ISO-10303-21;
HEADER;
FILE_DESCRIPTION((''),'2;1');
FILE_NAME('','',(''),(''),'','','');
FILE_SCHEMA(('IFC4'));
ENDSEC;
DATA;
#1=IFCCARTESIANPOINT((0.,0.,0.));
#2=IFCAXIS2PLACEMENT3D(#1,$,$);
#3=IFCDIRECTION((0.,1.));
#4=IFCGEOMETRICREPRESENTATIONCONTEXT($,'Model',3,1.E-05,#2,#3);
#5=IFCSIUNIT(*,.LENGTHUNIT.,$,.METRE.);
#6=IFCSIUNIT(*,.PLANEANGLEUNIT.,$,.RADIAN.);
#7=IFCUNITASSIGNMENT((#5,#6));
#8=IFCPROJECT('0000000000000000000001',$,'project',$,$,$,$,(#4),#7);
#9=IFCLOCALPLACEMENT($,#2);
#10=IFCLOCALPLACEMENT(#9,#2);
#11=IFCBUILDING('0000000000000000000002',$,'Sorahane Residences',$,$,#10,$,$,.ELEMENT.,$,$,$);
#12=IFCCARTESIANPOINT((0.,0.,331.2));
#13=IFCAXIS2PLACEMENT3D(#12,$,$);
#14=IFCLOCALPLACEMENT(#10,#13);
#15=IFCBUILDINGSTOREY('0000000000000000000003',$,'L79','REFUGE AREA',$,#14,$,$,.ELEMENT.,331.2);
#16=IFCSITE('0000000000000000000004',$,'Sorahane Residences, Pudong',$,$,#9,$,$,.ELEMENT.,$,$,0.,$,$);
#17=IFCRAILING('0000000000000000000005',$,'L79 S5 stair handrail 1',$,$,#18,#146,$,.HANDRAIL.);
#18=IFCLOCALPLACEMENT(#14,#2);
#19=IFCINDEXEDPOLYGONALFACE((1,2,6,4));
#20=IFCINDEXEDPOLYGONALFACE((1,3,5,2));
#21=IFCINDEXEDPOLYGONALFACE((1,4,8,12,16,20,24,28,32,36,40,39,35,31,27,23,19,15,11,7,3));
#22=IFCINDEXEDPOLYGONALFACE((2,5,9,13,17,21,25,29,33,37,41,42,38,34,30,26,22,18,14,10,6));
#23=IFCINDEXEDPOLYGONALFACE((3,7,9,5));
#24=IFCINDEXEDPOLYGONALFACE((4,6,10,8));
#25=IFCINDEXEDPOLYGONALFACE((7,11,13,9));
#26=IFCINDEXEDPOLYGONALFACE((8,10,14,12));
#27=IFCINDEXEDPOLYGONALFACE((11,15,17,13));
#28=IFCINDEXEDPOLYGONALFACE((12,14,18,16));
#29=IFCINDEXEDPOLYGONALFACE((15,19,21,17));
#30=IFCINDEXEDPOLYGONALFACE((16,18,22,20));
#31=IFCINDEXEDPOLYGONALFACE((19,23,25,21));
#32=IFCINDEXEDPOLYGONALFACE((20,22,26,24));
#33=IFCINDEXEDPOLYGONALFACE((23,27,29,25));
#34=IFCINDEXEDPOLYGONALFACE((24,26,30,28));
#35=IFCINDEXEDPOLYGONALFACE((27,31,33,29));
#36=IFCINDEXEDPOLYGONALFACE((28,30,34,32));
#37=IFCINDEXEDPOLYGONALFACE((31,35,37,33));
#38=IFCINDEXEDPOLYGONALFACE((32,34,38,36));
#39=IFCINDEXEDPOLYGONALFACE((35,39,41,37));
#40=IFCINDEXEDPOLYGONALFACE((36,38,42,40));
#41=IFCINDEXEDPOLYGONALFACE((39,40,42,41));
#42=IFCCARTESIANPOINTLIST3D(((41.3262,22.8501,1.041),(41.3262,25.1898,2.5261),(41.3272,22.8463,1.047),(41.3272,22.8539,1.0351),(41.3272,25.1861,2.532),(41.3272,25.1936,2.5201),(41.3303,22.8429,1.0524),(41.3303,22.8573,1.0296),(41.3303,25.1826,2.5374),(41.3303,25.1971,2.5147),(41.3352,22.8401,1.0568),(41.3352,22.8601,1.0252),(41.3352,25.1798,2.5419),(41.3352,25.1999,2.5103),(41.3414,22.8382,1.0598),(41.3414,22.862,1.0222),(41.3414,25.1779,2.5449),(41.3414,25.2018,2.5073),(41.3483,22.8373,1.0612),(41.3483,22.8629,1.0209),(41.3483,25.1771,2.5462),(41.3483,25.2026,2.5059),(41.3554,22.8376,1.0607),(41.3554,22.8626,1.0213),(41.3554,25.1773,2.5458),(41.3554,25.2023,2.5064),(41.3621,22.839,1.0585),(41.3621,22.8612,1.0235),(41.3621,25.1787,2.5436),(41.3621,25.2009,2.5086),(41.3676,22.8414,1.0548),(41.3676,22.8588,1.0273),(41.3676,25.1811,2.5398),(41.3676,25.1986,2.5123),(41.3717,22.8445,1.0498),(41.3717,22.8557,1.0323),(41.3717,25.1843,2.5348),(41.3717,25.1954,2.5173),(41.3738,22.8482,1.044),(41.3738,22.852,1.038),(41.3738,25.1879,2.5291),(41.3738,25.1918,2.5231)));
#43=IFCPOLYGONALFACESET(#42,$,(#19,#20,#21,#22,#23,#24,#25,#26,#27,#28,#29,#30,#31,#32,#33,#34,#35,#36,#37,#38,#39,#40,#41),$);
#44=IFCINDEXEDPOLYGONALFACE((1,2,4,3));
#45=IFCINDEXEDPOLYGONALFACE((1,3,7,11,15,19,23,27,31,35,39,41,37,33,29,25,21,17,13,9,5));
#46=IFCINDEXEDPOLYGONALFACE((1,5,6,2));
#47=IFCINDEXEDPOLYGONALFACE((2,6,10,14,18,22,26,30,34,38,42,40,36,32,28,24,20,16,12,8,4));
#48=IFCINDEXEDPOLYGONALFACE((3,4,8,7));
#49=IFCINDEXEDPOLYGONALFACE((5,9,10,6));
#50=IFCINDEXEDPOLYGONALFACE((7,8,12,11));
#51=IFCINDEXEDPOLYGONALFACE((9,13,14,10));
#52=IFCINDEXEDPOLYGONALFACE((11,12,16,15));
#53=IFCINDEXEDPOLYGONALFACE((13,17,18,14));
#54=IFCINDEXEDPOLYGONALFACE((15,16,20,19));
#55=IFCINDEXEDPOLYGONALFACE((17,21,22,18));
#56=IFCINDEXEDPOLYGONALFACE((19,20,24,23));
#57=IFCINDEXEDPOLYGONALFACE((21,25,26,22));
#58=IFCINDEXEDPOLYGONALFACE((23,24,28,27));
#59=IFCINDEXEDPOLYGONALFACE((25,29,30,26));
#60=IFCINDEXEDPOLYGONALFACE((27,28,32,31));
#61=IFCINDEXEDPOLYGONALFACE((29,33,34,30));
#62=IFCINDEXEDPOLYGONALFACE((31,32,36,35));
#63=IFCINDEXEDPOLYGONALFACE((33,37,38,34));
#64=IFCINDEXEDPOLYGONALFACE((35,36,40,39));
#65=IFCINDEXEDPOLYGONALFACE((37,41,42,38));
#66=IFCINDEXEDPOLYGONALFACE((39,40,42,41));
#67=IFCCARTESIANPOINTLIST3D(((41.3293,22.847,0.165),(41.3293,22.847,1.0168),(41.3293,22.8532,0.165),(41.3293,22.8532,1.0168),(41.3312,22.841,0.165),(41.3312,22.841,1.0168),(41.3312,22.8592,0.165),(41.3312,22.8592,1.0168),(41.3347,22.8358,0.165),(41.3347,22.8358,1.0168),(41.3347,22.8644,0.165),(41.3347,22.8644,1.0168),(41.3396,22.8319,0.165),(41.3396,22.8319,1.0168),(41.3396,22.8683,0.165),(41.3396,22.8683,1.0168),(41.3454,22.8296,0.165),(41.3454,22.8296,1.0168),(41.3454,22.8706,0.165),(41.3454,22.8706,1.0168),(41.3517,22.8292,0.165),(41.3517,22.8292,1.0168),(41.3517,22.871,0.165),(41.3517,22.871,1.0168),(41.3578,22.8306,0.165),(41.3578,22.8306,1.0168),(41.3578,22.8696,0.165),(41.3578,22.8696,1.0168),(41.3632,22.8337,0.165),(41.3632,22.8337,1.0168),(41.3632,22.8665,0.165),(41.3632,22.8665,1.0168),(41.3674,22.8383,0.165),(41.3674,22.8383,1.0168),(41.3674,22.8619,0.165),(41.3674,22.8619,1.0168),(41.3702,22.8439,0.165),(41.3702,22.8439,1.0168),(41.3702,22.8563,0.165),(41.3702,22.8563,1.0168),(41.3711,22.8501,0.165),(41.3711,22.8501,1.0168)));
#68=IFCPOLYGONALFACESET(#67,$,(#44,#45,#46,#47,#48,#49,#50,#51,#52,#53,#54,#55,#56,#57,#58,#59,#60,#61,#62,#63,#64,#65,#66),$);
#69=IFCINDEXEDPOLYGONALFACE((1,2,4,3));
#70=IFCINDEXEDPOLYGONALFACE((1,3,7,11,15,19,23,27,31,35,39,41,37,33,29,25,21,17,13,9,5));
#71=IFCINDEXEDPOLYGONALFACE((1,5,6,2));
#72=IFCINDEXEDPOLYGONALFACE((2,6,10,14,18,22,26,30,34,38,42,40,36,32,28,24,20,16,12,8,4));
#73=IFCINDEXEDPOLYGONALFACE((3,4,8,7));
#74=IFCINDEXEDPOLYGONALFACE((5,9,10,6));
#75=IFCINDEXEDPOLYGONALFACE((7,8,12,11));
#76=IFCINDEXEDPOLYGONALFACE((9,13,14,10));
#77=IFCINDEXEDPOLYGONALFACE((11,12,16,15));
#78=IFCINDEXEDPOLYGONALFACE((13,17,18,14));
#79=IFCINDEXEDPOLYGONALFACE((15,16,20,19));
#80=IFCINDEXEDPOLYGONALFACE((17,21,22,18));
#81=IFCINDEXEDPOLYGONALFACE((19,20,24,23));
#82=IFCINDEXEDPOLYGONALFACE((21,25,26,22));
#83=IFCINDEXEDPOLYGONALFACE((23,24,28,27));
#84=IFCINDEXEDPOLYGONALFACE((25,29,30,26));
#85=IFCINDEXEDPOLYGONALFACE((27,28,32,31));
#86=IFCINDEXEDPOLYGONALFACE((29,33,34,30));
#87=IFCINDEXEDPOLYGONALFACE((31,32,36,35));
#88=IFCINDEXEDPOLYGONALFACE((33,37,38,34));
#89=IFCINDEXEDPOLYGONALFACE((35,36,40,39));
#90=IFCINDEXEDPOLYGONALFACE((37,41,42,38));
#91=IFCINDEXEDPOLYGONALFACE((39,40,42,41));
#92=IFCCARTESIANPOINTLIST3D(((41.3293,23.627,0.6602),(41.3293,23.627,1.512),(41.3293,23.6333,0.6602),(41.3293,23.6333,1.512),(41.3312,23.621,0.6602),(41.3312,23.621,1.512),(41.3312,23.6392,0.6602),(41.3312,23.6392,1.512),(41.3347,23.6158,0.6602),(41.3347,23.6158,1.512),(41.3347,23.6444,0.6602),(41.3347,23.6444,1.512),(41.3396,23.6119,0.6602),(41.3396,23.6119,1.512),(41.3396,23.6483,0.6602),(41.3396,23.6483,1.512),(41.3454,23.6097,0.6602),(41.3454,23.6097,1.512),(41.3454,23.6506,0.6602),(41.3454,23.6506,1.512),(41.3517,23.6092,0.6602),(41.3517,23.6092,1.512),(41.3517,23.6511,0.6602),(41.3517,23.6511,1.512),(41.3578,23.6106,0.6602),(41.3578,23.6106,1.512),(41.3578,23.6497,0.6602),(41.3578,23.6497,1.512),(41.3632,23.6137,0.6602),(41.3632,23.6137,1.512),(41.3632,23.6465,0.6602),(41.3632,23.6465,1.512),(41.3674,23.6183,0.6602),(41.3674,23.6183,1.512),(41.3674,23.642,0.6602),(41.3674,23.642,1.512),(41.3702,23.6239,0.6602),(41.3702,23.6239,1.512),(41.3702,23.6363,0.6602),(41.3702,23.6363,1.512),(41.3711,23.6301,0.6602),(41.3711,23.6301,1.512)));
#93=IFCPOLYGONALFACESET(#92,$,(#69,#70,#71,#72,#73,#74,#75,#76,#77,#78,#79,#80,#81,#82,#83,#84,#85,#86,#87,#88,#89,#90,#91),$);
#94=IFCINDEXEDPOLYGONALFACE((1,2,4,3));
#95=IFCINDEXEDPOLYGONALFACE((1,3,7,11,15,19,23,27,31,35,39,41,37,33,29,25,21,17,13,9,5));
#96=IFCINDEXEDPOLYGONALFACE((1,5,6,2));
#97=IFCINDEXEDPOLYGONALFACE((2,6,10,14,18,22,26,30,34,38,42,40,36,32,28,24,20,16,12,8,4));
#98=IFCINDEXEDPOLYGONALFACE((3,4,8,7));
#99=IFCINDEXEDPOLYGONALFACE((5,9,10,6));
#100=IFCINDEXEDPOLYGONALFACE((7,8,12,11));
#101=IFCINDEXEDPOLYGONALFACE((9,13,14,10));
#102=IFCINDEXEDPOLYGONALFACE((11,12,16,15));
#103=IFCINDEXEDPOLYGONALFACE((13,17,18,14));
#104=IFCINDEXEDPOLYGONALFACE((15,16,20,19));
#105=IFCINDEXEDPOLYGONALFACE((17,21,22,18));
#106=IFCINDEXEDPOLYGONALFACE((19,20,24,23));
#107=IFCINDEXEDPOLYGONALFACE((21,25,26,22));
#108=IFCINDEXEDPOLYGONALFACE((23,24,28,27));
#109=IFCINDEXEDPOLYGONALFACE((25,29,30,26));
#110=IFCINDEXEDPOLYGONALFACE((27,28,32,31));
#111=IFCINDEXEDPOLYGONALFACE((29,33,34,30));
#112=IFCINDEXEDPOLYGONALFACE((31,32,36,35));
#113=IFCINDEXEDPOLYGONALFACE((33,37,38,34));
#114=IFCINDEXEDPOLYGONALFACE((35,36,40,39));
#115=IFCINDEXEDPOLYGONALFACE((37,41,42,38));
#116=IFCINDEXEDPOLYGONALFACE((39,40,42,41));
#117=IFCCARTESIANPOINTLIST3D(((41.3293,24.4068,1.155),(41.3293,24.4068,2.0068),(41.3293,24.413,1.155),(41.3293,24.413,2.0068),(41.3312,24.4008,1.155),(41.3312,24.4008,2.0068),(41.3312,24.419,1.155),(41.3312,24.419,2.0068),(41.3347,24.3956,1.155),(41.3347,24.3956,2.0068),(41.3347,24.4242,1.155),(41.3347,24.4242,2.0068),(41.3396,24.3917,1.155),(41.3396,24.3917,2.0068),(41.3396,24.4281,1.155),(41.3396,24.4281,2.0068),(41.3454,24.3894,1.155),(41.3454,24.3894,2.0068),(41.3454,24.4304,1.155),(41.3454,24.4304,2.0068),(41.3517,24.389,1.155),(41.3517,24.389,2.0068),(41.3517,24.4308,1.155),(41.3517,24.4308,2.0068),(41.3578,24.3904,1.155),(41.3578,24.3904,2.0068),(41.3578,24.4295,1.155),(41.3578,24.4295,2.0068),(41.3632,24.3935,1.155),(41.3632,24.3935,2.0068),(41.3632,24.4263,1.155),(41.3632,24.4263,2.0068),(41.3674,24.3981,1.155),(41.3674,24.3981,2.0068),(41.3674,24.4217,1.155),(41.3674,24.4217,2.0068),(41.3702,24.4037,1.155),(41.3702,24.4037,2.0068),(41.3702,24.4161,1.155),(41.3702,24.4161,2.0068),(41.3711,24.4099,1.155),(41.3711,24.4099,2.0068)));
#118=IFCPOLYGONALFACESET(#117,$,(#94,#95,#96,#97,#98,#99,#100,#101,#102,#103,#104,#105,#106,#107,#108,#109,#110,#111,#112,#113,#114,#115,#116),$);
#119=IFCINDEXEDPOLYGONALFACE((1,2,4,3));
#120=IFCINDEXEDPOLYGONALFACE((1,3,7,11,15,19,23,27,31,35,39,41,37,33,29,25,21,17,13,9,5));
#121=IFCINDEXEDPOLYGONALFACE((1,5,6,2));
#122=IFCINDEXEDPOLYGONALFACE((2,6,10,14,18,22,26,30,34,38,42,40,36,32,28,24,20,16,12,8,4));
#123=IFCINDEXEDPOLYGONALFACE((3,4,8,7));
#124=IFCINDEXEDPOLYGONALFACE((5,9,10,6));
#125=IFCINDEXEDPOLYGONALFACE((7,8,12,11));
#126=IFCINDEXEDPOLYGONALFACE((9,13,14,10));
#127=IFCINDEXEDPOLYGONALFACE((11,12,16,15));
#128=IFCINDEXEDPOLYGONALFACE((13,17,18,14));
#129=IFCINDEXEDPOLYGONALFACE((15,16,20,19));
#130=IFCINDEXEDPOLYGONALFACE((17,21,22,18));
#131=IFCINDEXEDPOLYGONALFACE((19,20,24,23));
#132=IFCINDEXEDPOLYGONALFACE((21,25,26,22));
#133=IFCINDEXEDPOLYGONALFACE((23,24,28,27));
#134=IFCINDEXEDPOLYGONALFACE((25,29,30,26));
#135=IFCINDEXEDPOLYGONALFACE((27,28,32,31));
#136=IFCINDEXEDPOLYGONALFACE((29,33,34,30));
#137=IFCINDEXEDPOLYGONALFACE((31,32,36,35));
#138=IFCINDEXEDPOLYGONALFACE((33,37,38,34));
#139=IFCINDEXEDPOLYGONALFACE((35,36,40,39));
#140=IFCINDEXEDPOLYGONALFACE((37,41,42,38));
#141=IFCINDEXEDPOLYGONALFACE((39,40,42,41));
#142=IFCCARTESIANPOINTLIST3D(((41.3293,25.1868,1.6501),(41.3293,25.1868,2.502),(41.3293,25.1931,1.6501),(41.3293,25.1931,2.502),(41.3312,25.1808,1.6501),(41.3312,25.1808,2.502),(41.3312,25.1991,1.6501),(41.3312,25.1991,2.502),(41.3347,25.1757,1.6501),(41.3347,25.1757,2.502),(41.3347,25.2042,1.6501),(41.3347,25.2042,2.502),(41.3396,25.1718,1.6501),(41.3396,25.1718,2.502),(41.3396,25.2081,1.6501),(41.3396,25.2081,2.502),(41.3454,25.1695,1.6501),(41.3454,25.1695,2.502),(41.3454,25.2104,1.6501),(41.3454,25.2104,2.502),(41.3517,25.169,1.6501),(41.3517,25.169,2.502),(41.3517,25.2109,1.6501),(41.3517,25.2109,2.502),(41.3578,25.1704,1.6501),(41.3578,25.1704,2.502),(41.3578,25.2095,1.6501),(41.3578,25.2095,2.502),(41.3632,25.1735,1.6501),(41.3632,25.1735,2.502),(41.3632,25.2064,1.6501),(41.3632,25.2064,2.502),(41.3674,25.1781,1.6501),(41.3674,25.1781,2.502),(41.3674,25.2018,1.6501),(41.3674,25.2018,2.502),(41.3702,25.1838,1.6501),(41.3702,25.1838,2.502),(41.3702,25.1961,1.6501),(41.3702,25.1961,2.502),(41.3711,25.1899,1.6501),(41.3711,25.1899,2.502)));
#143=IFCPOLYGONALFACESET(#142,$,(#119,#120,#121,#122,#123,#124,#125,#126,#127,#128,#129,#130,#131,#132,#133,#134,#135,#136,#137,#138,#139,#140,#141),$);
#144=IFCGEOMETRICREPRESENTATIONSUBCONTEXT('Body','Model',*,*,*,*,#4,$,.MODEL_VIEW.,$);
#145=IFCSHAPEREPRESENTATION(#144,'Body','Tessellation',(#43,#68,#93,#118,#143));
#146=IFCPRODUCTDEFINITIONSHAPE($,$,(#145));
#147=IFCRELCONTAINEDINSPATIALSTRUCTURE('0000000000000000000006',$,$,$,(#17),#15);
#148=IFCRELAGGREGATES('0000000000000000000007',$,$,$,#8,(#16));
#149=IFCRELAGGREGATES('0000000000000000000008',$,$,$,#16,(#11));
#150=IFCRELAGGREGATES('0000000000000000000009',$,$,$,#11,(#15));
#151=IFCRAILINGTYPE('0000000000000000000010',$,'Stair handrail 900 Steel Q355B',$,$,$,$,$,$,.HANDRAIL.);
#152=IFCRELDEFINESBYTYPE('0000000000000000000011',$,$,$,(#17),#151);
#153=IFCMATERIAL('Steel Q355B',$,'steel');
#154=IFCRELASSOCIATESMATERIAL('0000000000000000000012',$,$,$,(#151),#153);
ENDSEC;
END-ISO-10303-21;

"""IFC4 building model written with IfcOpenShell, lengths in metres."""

from ifc_helpers import new_model, si_unit, direction, frame, origin, origin_2d, place, context, subcontext, project, spatial, circle, extrude, material, type_object, element, save


model = new_model("IFC4")

# Units and contexts
model_context = context("Model", 3, precision=1e-05, world=origin(), true_north=direction((0.0, 1.0)))
body_context = subcontext(model_context, "Body", "Model", "MODEL_VIEW")
ifc_project = project(units=[si_unit("LENGTHUNIT", "METRE"), si_unit("PLANEANGLEUNIT", "RADIAN")], contexts=[model_context])

# Site, building, storey
site_placement = place(None, origin())
site = spatial("IfcSite", under=ifc_project, at=site_placement, Name="Sorahane Residences, Pudong", CompositionType="ELEMENT", RefElevation=0.0)
building_placement = place(site_placement, origin())
building = spatial("IfcBuilding", under=site, at=building_placement, Name="Sorahane Residences", CompositionType="ELEMENT")
storey_placement = place(building_placement, frame((0.0, 0.0, 331.2)))
storey = spatial("IfcBuildingStorey", under=building, at=storey_placement, Name="L79", Description="REFUGE AREA", CompositionType="ELEMENT", Elevation=331.2)

# Railing
ifc_material_1 = material(Name="Steel Q355B", Category="steel")
railing_type_1 = type_object("IfcRailingType", Name="Stair handrail 900 Steel Q355B", PredefinedType="HANDRAIL", material=ifc_material_1)
railing_1_placement = place(storey_placement, frame((41.3501, 22.8501, 0.165)))
element("IfcRailing", 1, at=railing_1_placement, inside=storey, type_object=railing_type_1, Name="L79 S5 stair handrail 1", PredefinedType="HANDRAIL", context=body_context, shape_type="SweptSolid", body=[
    extrude(circle(Radius=0.0239, at=origin_2d()), frame((0.0, 0.0, 0.876), z_axis=(0.0, 0.844296, 0.535878), x_axis=(-1.0, 0.0, 0.0)), (0.0, 0.0, 1.0), 2.7712),
    extrude(circle(Radius=0.021, at=origin_2d()), origin(), (0.0, 0.0, 1.0), 0.8518),
    extrude(circle(Radius=0.021, at=origin_2d()), frame((0.0, 0.78, 0.4951)), (0.0, 0.0, 1.0), 0.8518),
    extrude(circle(Radius=0.021, at=origin_2d()), frame((0.0, 1.5598, 0.99)), (0.0, 0.0, 1.0), 0.8518),
    extrude(circle(Radius=0.021, at=origin_2d()), frame((0.0, 2.3398, 1.4851)), (0.0, 0.0, 1.0), 0.8518),
])

save(model, "model.ifc")
